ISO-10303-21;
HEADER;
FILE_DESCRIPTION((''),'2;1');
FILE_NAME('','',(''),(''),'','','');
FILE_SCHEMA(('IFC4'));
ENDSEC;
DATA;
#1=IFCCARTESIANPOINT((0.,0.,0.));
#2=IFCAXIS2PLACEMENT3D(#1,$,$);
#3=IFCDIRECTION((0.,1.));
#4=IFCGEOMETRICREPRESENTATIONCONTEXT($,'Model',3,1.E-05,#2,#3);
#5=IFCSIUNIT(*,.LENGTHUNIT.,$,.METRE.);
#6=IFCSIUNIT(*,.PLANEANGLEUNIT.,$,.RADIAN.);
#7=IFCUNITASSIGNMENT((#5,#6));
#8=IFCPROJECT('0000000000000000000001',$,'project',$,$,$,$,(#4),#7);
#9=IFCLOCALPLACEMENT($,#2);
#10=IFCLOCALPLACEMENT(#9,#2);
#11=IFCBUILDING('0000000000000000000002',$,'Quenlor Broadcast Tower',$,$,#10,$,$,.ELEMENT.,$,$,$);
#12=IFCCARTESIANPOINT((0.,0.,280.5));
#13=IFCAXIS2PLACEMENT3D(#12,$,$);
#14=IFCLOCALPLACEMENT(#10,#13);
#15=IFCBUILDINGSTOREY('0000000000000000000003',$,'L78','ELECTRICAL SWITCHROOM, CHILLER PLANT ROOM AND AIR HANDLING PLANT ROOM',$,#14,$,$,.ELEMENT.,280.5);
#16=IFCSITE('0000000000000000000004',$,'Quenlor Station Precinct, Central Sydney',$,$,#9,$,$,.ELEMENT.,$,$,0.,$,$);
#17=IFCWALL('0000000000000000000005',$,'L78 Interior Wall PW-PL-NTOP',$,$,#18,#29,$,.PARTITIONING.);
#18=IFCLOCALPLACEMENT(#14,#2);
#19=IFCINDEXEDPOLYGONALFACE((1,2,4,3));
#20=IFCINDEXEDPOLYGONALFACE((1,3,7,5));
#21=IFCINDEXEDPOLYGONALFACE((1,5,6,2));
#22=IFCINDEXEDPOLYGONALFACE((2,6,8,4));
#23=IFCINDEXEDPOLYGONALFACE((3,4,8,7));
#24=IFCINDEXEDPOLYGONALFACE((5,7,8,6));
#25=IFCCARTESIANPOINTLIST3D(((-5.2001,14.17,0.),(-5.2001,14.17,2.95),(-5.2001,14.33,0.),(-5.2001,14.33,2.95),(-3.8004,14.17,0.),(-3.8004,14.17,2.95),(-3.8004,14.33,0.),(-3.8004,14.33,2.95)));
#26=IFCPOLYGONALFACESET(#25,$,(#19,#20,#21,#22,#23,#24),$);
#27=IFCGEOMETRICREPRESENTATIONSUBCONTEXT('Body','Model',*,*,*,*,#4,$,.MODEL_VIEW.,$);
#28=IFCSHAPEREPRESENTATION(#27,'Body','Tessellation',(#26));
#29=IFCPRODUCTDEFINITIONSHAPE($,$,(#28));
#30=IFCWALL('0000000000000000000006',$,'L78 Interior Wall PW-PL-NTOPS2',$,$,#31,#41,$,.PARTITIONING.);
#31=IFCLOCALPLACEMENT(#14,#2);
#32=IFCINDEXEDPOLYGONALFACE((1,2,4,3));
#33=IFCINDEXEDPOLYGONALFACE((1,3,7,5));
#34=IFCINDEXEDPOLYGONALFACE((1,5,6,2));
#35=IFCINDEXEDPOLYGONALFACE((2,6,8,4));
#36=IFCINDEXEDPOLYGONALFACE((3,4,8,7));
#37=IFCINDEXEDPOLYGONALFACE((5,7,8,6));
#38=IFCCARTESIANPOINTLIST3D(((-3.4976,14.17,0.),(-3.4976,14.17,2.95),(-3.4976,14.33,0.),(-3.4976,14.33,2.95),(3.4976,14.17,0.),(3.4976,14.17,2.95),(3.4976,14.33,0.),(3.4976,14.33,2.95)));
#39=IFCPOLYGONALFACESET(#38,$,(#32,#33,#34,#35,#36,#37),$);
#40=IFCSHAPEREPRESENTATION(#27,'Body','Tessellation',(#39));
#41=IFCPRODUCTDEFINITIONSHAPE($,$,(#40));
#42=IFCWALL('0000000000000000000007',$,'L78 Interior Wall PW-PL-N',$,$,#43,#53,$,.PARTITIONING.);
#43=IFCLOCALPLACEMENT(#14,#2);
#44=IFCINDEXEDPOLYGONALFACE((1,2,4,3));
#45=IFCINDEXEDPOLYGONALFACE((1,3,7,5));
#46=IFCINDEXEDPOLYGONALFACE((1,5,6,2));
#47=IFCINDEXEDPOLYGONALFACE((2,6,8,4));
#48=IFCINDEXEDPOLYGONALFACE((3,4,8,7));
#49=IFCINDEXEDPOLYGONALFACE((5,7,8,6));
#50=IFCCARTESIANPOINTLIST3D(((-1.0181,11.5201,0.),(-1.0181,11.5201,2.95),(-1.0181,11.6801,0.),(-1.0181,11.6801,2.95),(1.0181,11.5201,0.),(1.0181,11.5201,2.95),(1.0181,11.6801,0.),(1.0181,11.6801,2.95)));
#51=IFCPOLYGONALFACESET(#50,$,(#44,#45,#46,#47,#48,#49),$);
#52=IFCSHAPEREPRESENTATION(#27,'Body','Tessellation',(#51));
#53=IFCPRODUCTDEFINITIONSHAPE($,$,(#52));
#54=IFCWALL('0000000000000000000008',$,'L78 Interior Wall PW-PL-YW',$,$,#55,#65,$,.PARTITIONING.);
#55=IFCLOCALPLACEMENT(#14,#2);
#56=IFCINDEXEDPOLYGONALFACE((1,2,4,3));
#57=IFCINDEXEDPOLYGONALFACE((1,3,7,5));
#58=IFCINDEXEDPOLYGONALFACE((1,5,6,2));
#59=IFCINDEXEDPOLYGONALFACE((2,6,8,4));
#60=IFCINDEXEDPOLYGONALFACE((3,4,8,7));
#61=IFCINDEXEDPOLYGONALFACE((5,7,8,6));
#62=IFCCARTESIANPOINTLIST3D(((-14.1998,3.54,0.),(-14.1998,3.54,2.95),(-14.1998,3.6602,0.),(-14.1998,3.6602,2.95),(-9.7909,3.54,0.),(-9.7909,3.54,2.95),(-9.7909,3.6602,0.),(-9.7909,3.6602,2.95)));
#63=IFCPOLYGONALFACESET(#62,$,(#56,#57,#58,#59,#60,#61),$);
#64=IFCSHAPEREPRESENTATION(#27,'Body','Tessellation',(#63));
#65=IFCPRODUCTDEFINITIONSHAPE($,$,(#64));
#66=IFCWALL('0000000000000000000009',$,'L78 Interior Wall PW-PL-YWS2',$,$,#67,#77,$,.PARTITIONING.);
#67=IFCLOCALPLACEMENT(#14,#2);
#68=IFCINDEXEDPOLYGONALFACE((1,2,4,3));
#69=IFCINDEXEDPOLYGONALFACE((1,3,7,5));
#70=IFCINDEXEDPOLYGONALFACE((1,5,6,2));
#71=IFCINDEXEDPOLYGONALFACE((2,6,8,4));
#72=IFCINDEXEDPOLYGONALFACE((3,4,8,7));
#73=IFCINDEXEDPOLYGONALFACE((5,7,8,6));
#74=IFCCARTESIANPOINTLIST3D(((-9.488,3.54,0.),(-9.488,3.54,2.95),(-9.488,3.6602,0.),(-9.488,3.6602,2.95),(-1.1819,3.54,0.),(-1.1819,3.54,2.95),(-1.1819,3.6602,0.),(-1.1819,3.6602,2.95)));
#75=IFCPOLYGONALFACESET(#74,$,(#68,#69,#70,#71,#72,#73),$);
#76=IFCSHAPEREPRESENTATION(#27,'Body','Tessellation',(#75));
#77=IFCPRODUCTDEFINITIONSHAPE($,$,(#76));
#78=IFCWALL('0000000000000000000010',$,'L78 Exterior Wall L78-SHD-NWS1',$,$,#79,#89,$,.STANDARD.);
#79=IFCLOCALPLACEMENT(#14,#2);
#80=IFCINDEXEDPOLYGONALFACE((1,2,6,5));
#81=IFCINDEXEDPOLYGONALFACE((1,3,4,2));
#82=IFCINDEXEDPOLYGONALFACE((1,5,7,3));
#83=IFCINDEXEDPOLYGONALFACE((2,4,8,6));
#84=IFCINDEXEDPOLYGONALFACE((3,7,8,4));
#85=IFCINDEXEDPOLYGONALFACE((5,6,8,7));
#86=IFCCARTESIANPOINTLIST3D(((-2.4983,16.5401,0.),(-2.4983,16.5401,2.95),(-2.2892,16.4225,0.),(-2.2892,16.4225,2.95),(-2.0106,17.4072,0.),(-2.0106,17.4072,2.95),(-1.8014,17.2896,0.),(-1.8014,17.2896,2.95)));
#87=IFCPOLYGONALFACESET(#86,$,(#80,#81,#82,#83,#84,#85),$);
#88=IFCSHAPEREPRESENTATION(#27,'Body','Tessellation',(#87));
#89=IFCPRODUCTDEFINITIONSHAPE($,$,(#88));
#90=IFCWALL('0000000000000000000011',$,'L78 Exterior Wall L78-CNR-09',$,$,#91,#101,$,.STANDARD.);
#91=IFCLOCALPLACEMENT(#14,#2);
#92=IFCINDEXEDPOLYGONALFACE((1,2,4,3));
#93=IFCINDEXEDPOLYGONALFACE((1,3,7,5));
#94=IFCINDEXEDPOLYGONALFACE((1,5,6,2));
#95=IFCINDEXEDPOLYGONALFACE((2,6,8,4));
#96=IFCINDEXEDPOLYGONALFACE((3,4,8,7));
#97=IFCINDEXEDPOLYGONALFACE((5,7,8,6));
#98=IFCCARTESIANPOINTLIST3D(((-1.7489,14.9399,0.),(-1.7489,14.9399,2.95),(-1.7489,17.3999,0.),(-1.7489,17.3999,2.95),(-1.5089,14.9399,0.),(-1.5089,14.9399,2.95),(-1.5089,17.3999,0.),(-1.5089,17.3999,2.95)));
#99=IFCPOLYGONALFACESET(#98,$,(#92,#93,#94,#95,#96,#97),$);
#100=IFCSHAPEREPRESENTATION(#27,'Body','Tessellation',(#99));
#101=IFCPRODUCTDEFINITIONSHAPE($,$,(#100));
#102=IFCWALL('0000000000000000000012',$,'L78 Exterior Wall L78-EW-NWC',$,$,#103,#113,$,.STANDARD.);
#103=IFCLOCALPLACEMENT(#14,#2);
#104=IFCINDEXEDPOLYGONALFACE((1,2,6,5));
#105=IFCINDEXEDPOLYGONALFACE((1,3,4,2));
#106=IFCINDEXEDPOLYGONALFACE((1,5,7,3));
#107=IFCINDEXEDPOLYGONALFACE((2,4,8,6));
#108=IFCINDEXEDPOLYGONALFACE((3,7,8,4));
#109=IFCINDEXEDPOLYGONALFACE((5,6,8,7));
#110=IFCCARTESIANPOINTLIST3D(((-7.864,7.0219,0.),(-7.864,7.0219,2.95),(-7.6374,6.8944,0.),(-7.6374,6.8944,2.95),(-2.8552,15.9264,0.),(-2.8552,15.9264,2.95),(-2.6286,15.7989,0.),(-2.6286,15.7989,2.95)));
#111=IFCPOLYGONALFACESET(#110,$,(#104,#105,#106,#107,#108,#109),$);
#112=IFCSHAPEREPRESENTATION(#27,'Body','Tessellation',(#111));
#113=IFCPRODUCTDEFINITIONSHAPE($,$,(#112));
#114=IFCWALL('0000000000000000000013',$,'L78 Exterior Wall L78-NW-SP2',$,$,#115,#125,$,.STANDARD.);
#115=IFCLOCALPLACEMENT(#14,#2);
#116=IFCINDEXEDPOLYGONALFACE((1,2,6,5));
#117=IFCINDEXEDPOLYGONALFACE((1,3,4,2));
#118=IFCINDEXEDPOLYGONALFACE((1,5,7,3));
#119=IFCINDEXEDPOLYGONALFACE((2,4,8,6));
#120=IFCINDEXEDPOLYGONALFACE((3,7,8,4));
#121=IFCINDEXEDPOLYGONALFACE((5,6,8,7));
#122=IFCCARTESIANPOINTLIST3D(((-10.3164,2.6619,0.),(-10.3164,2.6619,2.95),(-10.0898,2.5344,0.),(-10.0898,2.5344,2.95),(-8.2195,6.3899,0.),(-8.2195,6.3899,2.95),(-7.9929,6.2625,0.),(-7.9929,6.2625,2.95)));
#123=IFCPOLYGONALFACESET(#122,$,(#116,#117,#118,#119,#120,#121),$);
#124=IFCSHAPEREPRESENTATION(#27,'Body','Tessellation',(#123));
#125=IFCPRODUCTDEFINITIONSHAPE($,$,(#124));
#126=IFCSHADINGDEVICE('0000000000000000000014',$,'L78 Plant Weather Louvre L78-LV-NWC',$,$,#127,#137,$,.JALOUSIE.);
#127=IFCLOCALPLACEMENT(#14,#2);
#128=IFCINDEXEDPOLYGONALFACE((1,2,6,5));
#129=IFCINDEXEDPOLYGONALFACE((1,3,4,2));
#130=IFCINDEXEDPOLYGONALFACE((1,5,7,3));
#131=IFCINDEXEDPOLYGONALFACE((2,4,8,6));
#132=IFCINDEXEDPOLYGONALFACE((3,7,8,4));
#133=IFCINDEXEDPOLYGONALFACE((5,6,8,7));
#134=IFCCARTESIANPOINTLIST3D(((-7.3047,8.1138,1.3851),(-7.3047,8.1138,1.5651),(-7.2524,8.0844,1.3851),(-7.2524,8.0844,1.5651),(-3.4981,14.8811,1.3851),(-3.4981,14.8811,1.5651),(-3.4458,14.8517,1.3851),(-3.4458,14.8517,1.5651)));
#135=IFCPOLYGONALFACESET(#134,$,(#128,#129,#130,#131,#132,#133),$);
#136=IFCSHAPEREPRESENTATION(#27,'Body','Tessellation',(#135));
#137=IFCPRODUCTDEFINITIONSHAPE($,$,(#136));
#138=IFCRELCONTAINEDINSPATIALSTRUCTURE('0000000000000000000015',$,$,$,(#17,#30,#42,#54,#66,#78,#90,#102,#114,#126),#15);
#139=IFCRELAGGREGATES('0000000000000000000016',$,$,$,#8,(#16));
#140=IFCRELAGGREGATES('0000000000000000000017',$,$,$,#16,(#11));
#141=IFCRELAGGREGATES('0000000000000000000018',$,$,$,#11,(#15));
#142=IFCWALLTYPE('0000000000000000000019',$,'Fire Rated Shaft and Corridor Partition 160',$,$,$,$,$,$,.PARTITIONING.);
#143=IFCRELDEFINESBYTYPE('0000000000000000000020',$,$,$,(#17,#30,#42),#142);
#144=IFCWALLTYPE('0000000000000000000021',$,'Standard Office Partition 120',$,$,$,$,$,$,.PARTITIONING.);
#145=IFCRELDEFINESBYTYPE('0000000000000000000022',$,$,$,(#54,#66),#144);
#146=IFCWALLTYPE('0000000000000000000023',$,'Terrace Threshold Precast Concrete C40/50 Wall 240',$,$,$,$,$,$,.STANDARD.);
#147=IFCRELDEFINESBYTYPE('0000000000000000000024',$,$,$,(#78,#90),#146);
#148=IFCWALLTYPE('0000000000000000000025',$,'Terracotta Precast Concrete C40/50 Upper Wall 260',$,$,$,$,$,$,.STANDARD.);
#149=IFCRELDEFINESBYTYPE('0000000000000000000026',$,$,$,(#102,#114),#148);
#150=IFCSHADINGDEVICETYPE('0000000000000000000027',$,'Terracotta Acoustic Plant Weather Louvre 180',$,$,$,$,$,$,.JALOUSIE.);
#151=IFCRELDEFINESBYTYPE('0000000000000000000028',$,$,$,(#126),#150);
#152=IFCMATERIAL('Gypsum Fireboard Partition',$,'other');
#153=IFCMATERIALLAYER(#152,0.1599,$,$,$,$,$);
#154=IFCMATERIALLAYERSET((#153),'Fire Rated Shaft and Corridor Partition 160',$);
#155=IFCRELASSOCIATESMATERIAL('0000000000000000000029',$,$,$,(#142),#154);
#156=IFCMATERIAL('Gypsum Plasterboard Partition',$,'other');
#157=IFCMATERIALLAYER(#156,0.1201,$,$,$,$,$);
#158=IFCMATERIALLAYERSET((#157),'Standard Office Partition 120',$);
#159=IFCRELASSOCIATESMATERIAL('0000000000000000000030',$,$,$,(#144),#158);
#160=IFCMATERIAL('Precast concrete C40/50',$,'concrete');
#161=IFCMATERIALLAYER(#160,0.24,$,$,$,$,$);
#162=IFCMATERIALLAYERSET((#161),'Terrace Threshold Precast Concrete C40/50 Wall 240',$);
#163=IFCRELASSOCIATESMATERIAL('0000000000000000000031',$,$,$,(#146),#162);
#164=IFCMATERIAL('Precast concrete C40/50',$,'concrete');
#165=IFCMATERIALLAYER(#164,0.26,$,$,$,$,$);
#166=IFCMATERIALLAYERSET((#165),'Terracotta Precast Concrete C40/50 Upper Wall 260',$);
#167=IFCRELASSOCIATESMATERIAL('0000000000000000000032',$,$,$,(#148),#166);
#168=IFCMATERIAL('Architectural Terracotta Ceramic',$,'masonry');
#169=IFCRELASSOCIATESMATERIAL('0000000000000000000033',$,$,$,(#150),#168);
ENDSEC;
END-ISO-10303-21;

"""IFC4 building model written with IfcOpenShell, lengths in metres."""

from ifc_helpers import new_model, si_unit, direction, frame, frame_2d, origin, origin_2d, place, context, subcontext, project, spatial, rectangle, extrude, material, layer, layer_set, material_profile, profile_set, type_object, element, save


model = new_model("IFC4")

# Units and contexts
model_context = context("Model", 3, precision=1e-05, world=origin(), true_north=direction((0.0, 1.0)))
body_context = subcontext(model_context, "Body", "Model", "MODEL_VIEW")
ifc_project = project(units=[si_unit("LENGTHUNIT", "METRE"), si_unit("PLANEANGLEUNIT", "RADIAN")], contexts=[model_context])

# Site, building, storey
site_placement = place(None, origin())
site = spatial("IfcSite", under=ifc_project, at=site_placement, Name="Quenlor Station Precinct, Central Sydney", CompositionType="ELEMENT", RefElevation=0.0)
building_placement = place(site_placement, origin())
building = spatial("IfcBuilding", under=site, at=building_placement, Name="Quenlor Broadcast Tower", CompositionType="ELEMENT")
storey_placement = place(building_placement, frame((0.0, 0.0, 280.5)))
storey = spatial("IfcBuildingStorey", under=building, at=storey_placement, Name="L78", Description="ELECTRICAL SWITCHROOM, CHILLER PLANT ROOM AND AIR HANDLING PLANT ROOM", CompositionType="ELEMENT", Elevation=280.5)

# Walls
ifc_material_1 = material(Name="Gypsum Fireboard Partition", Category="other")
ifc_layer_1 = layer(ifc_material_1, 0.1599)
ifc_layer_set_1 = layer_set([ifc_layer_1], Name="Fire Rated Shaft and Corridor Partition 160")
wall_type_1 = type_object("IfcWallType", Name="Fire Rated Shaft and Corridor Partition 160", PredefinedType="PARTITIONING", material=ifc_layer_set_1)
wall_1_placement = place(storey_placement, frame((-5.2, 14.25, 0.0), z_axis=(0.0, 0.0, 1.0), x_axis=(1.0, 0.0, 0.0)))
element("IfcWall", 1, at=wall_1_placement, inside=storey, type_object=wall_type_1, Name="L78 Interior Wall PW-PL-NTOP", PredefinedType="PARTITIONING", context=body_context, shape_type="SweptSolid", body=[
    extrude(rectangle(XDim=1.3997, YDim=0.1599, at=frame_2d((0.6997, 0.0))), origin(), (0.0, 0.0, 1.0), 2.95),
])
wall_2_placement = place(storey_placement, frame((-3.4976, 14.25, 0.0), z_axis=(0.0, 0.0, 1.0), x_axis=(1.0, 0.0, 0.0)))
element("IfcWall", 2, at=wall_2_placement, inside=storey, type_object=wall_type_1, Name="L78 Interior Wall PW-PL-NTOPS2", PredefinedType="PARTITIONING", context=body_context, shape_type="SweptSolid", body=[
    extrude(rectangle(XDim=6.9951, YDim=0.1599, at=frame_2d((3.4976, 0.0))), origin(), (0.0, 0.0, 1.0), 2.95),
])
wall_3_placement = place(storey_placement, frame((-1.0181, 11.6001, 0.0), z_axis=(0.0, 0.0, 1.0), x_axis=(1.0, 0.0, 0.0)))
element("IfcWall", 3, at=wall_3_placement, inside=storey, type_object=wall_type_1, Name="L78 Interior Wall PW-PL-N", PredefinedType="PARTITIONING", context=body_context, shape_type="SweptSolid", body=[
    extrude(rectangle(XDim=2.0361, YDim=0.1599, at=frame_2d((1.0181, 0.0))), origin(), (0.0, 0.0, 1.0), 2.95),
])
ifc_material_2 = material(Name="Gypsum Plasterboard Partition", Category="other")
ifc_layer_2 = layer(ifc_material_2, 0.1201)
ifc_layer_set_2 = layer_set([ifc_layer_2], Name="Standard Office Partition 120")
wall_type_2 = type_object("IfcWallType", Name="Standard Office Partition 120", PredefinedType="PARTITIONING", material=ifc_layer_set_2)
wall_4_placement = place(storey_placement, frame((-14.2, 3.6001, 0.0), z_axis=(0.0, 0.0, 1.0), x_axis=(1.0, 0.0, 0.0)))
element("IfcWall", 4, at=wall_4_placement, inside=storey, type_object=wall_type_2, Name="L78 Interior Wall PW-PL-YW", PredefinedType="PARTITIONING", context=body_context, shape_type="SweptSolid", body=[
    extrude(rectangle(XDim=4.4089, YDim=0.1201, at=frame_2d((2.2046, 0.0))), origin(), (0.0, 0.0, 1.0), 2.95),
])
wall_5_placement = place(storey_placement, frame((-9.488, 3.6001, 0.0), z_axis=(0.0, 0.0, 1.0), x_axis=(1.0, 0.0, 0.0)))
element("IfcWall", 5, at=wall_5_placement, inside=storey, type_object=wall_type_2, Name="L78 Interior Wall PW-PL-YWS2", PredefinedType="PARTITIONING", context=body_context, shape_type="SweptSolid", body=[
    extrude(rectangle(XDim=8.3062, YDim=0.1201, at=frame_2d((4.1531, 0.0))), origin(), (0.0, 0.0, 1.0), 2.95),
])
ifc_material_3 = material(Name="Precast concrete C40/50", Category="concrete")
ifc_layer_3 = layer(ifc_material_3, 0.24)
ifc_layer_set_3 = layer_set([ifc_layer_3], Name="Terrace Threshold Precast Concrete C40/50 Wall 240")
wall_type_3 = type_object("IfcWallType", Name="Terrace Threshold Precast Concrete C40/50 Wall 240", PredefinedType="STANDARD", material=ifc_layer_set_3)
wall_6_placement = place(storey_placement, frame((-2.3938, 16.4812, 0.0), z_axis=(0.0, 0.0, 1.0), x_axis=(0.490261, 0.871576, 0.0)))
element("IfcWall", 6, at=wall_6_placement, inside=storey, type_object=wall_type_3, Name="L78 Exterior Wall L78-SHD-NWS1", PredefinedType="STANDARD", context=body_context, shape_type="SweptSolid", body=[
    extrude(rectangle(XDim=0.9949, YDim=0.24, at=frame_2d((0.4976, 0.0))), origin(), (0.0, 0.0, 1.0), 2.95),
])
wall_7_placement = place(storey_placement, frame((-1.6289, 14.9399, 0.0), z_axis=(0.0, 0.0, 1.0), x_axis=(0.0, 1.0, 0.0)))
element("IfcWall", 7, at=wall_7_placement, inside=storey, type_object=wall_type_3, Name="L78 Exterior Wall L78-CNR-09", PredefinedType="STANDARD", context=body_context, shape_type="SweptSolid", body=[
    extrude(rectangle(XDim=2.46, YDim=0.24, at=frame_2d((1.23, 0.0))), origin(), (0.0, 0.0, 1.0), 2.95),
])
ifc_material_4 = material(Name="Precast concrete C40/50", Category="concrete")
ifc_layer_4 = layer(ifc_material_4, 0.26)
ifc_layer_set_4 = layer_set([ifc_layer_4], Name="Terracotta Precast Concrete C40/50 Upper Wall 260")
wall_type_4 = type_object("IfcWallType", Name="Terracotta Precast Concrete C40/50 Upper Wall 260", PredefinedType="STANDARD", material=ifc_layer_set_4)
wall_8_placement = place(storey_placement, frame((-7.7507, 6.958, 0.0), z_axis=(0.0, 0.0, 1.0), x_axis=(0.49026, 0.871576, 0.0)))
element("IfcWall", 8, at=wall_8_placement, inside=storey, type_object=wall_type_4, Name="L78 Exterior Wall L78-EW-NWC", PredefinedType="STANDARD", context=body_context, shape_type="SweptSolid", body=[
    extrude(rectangle(XDim=10.2166, YDim=0.26, at=frame_2d((5.1084, 0.0))), origin(), (0.0, 0.0, 1.0), 2.95),
])
wall_9_placement = place(storey_placement, frame((-10.2031, 2.5981, 0.0), z_axis=(0.0, 0.0, 1.0), x_axis=(0.490245, 0.871585, 0.0)))
element("IfcWall", 9, at=wall_9_placement, inside=storey, type_object=wall_type_4, Name="L78 Exterior Wall L78-NW-SP2", PredefinedType="STANDARD", context=body_context, shape_type="SweptSolid", body=[
    extrude(rectangle(XDim=4.2773, YDim=0.26, at=frame_2d((2.1387, 0.0))), origin(), (0.0, 0.0, 1.0), 2.95),
])

# Shading device
ifc_material_5 = material(Name="Architectural Terracotta Ceramic", Category="masonry")
ifc_material_profile_1 = material_profile(ifc_material_5, rectangle(XDim=0.0601, YDim=0.1799, at=origin_2d()))
ifc_profile_set_1 = profile_set([ifc_material_profile_1], Name="Architectural Terracotta Ceramic LVR60x180")
shading_device_type = type_object("IfcShadingDeviceType", Name="Terracotta Acoustic Plant Weather Louvre 180", PredefinedType="JALOUSIE", material=ifc_profile_set_1)
shading_device_placement = place(storey_placement, frame((-7.2786, 8.0991, 1.4751), z_axis=(0.490263, 0.871575, 0.0), x_axis=(-0.871575, 0.490263, 0.0)))
element("IfcShadingDevice", 10, at=shading_device_placement, inside=storey, type_object=shading_device_type, Name="L78 Plant Weather Louvre L78-LV-NWC", PredefinedType="JALOUSIE", context=body_context, shape_type="SweptSolid", body=[
    extrude(rectangle(XDim=0.0601, YDim=0.1799, at=origin_2d()), origin(), (0.0, 0.0, 1.0), 7.7644),
])

save(model, "model.ifc")
